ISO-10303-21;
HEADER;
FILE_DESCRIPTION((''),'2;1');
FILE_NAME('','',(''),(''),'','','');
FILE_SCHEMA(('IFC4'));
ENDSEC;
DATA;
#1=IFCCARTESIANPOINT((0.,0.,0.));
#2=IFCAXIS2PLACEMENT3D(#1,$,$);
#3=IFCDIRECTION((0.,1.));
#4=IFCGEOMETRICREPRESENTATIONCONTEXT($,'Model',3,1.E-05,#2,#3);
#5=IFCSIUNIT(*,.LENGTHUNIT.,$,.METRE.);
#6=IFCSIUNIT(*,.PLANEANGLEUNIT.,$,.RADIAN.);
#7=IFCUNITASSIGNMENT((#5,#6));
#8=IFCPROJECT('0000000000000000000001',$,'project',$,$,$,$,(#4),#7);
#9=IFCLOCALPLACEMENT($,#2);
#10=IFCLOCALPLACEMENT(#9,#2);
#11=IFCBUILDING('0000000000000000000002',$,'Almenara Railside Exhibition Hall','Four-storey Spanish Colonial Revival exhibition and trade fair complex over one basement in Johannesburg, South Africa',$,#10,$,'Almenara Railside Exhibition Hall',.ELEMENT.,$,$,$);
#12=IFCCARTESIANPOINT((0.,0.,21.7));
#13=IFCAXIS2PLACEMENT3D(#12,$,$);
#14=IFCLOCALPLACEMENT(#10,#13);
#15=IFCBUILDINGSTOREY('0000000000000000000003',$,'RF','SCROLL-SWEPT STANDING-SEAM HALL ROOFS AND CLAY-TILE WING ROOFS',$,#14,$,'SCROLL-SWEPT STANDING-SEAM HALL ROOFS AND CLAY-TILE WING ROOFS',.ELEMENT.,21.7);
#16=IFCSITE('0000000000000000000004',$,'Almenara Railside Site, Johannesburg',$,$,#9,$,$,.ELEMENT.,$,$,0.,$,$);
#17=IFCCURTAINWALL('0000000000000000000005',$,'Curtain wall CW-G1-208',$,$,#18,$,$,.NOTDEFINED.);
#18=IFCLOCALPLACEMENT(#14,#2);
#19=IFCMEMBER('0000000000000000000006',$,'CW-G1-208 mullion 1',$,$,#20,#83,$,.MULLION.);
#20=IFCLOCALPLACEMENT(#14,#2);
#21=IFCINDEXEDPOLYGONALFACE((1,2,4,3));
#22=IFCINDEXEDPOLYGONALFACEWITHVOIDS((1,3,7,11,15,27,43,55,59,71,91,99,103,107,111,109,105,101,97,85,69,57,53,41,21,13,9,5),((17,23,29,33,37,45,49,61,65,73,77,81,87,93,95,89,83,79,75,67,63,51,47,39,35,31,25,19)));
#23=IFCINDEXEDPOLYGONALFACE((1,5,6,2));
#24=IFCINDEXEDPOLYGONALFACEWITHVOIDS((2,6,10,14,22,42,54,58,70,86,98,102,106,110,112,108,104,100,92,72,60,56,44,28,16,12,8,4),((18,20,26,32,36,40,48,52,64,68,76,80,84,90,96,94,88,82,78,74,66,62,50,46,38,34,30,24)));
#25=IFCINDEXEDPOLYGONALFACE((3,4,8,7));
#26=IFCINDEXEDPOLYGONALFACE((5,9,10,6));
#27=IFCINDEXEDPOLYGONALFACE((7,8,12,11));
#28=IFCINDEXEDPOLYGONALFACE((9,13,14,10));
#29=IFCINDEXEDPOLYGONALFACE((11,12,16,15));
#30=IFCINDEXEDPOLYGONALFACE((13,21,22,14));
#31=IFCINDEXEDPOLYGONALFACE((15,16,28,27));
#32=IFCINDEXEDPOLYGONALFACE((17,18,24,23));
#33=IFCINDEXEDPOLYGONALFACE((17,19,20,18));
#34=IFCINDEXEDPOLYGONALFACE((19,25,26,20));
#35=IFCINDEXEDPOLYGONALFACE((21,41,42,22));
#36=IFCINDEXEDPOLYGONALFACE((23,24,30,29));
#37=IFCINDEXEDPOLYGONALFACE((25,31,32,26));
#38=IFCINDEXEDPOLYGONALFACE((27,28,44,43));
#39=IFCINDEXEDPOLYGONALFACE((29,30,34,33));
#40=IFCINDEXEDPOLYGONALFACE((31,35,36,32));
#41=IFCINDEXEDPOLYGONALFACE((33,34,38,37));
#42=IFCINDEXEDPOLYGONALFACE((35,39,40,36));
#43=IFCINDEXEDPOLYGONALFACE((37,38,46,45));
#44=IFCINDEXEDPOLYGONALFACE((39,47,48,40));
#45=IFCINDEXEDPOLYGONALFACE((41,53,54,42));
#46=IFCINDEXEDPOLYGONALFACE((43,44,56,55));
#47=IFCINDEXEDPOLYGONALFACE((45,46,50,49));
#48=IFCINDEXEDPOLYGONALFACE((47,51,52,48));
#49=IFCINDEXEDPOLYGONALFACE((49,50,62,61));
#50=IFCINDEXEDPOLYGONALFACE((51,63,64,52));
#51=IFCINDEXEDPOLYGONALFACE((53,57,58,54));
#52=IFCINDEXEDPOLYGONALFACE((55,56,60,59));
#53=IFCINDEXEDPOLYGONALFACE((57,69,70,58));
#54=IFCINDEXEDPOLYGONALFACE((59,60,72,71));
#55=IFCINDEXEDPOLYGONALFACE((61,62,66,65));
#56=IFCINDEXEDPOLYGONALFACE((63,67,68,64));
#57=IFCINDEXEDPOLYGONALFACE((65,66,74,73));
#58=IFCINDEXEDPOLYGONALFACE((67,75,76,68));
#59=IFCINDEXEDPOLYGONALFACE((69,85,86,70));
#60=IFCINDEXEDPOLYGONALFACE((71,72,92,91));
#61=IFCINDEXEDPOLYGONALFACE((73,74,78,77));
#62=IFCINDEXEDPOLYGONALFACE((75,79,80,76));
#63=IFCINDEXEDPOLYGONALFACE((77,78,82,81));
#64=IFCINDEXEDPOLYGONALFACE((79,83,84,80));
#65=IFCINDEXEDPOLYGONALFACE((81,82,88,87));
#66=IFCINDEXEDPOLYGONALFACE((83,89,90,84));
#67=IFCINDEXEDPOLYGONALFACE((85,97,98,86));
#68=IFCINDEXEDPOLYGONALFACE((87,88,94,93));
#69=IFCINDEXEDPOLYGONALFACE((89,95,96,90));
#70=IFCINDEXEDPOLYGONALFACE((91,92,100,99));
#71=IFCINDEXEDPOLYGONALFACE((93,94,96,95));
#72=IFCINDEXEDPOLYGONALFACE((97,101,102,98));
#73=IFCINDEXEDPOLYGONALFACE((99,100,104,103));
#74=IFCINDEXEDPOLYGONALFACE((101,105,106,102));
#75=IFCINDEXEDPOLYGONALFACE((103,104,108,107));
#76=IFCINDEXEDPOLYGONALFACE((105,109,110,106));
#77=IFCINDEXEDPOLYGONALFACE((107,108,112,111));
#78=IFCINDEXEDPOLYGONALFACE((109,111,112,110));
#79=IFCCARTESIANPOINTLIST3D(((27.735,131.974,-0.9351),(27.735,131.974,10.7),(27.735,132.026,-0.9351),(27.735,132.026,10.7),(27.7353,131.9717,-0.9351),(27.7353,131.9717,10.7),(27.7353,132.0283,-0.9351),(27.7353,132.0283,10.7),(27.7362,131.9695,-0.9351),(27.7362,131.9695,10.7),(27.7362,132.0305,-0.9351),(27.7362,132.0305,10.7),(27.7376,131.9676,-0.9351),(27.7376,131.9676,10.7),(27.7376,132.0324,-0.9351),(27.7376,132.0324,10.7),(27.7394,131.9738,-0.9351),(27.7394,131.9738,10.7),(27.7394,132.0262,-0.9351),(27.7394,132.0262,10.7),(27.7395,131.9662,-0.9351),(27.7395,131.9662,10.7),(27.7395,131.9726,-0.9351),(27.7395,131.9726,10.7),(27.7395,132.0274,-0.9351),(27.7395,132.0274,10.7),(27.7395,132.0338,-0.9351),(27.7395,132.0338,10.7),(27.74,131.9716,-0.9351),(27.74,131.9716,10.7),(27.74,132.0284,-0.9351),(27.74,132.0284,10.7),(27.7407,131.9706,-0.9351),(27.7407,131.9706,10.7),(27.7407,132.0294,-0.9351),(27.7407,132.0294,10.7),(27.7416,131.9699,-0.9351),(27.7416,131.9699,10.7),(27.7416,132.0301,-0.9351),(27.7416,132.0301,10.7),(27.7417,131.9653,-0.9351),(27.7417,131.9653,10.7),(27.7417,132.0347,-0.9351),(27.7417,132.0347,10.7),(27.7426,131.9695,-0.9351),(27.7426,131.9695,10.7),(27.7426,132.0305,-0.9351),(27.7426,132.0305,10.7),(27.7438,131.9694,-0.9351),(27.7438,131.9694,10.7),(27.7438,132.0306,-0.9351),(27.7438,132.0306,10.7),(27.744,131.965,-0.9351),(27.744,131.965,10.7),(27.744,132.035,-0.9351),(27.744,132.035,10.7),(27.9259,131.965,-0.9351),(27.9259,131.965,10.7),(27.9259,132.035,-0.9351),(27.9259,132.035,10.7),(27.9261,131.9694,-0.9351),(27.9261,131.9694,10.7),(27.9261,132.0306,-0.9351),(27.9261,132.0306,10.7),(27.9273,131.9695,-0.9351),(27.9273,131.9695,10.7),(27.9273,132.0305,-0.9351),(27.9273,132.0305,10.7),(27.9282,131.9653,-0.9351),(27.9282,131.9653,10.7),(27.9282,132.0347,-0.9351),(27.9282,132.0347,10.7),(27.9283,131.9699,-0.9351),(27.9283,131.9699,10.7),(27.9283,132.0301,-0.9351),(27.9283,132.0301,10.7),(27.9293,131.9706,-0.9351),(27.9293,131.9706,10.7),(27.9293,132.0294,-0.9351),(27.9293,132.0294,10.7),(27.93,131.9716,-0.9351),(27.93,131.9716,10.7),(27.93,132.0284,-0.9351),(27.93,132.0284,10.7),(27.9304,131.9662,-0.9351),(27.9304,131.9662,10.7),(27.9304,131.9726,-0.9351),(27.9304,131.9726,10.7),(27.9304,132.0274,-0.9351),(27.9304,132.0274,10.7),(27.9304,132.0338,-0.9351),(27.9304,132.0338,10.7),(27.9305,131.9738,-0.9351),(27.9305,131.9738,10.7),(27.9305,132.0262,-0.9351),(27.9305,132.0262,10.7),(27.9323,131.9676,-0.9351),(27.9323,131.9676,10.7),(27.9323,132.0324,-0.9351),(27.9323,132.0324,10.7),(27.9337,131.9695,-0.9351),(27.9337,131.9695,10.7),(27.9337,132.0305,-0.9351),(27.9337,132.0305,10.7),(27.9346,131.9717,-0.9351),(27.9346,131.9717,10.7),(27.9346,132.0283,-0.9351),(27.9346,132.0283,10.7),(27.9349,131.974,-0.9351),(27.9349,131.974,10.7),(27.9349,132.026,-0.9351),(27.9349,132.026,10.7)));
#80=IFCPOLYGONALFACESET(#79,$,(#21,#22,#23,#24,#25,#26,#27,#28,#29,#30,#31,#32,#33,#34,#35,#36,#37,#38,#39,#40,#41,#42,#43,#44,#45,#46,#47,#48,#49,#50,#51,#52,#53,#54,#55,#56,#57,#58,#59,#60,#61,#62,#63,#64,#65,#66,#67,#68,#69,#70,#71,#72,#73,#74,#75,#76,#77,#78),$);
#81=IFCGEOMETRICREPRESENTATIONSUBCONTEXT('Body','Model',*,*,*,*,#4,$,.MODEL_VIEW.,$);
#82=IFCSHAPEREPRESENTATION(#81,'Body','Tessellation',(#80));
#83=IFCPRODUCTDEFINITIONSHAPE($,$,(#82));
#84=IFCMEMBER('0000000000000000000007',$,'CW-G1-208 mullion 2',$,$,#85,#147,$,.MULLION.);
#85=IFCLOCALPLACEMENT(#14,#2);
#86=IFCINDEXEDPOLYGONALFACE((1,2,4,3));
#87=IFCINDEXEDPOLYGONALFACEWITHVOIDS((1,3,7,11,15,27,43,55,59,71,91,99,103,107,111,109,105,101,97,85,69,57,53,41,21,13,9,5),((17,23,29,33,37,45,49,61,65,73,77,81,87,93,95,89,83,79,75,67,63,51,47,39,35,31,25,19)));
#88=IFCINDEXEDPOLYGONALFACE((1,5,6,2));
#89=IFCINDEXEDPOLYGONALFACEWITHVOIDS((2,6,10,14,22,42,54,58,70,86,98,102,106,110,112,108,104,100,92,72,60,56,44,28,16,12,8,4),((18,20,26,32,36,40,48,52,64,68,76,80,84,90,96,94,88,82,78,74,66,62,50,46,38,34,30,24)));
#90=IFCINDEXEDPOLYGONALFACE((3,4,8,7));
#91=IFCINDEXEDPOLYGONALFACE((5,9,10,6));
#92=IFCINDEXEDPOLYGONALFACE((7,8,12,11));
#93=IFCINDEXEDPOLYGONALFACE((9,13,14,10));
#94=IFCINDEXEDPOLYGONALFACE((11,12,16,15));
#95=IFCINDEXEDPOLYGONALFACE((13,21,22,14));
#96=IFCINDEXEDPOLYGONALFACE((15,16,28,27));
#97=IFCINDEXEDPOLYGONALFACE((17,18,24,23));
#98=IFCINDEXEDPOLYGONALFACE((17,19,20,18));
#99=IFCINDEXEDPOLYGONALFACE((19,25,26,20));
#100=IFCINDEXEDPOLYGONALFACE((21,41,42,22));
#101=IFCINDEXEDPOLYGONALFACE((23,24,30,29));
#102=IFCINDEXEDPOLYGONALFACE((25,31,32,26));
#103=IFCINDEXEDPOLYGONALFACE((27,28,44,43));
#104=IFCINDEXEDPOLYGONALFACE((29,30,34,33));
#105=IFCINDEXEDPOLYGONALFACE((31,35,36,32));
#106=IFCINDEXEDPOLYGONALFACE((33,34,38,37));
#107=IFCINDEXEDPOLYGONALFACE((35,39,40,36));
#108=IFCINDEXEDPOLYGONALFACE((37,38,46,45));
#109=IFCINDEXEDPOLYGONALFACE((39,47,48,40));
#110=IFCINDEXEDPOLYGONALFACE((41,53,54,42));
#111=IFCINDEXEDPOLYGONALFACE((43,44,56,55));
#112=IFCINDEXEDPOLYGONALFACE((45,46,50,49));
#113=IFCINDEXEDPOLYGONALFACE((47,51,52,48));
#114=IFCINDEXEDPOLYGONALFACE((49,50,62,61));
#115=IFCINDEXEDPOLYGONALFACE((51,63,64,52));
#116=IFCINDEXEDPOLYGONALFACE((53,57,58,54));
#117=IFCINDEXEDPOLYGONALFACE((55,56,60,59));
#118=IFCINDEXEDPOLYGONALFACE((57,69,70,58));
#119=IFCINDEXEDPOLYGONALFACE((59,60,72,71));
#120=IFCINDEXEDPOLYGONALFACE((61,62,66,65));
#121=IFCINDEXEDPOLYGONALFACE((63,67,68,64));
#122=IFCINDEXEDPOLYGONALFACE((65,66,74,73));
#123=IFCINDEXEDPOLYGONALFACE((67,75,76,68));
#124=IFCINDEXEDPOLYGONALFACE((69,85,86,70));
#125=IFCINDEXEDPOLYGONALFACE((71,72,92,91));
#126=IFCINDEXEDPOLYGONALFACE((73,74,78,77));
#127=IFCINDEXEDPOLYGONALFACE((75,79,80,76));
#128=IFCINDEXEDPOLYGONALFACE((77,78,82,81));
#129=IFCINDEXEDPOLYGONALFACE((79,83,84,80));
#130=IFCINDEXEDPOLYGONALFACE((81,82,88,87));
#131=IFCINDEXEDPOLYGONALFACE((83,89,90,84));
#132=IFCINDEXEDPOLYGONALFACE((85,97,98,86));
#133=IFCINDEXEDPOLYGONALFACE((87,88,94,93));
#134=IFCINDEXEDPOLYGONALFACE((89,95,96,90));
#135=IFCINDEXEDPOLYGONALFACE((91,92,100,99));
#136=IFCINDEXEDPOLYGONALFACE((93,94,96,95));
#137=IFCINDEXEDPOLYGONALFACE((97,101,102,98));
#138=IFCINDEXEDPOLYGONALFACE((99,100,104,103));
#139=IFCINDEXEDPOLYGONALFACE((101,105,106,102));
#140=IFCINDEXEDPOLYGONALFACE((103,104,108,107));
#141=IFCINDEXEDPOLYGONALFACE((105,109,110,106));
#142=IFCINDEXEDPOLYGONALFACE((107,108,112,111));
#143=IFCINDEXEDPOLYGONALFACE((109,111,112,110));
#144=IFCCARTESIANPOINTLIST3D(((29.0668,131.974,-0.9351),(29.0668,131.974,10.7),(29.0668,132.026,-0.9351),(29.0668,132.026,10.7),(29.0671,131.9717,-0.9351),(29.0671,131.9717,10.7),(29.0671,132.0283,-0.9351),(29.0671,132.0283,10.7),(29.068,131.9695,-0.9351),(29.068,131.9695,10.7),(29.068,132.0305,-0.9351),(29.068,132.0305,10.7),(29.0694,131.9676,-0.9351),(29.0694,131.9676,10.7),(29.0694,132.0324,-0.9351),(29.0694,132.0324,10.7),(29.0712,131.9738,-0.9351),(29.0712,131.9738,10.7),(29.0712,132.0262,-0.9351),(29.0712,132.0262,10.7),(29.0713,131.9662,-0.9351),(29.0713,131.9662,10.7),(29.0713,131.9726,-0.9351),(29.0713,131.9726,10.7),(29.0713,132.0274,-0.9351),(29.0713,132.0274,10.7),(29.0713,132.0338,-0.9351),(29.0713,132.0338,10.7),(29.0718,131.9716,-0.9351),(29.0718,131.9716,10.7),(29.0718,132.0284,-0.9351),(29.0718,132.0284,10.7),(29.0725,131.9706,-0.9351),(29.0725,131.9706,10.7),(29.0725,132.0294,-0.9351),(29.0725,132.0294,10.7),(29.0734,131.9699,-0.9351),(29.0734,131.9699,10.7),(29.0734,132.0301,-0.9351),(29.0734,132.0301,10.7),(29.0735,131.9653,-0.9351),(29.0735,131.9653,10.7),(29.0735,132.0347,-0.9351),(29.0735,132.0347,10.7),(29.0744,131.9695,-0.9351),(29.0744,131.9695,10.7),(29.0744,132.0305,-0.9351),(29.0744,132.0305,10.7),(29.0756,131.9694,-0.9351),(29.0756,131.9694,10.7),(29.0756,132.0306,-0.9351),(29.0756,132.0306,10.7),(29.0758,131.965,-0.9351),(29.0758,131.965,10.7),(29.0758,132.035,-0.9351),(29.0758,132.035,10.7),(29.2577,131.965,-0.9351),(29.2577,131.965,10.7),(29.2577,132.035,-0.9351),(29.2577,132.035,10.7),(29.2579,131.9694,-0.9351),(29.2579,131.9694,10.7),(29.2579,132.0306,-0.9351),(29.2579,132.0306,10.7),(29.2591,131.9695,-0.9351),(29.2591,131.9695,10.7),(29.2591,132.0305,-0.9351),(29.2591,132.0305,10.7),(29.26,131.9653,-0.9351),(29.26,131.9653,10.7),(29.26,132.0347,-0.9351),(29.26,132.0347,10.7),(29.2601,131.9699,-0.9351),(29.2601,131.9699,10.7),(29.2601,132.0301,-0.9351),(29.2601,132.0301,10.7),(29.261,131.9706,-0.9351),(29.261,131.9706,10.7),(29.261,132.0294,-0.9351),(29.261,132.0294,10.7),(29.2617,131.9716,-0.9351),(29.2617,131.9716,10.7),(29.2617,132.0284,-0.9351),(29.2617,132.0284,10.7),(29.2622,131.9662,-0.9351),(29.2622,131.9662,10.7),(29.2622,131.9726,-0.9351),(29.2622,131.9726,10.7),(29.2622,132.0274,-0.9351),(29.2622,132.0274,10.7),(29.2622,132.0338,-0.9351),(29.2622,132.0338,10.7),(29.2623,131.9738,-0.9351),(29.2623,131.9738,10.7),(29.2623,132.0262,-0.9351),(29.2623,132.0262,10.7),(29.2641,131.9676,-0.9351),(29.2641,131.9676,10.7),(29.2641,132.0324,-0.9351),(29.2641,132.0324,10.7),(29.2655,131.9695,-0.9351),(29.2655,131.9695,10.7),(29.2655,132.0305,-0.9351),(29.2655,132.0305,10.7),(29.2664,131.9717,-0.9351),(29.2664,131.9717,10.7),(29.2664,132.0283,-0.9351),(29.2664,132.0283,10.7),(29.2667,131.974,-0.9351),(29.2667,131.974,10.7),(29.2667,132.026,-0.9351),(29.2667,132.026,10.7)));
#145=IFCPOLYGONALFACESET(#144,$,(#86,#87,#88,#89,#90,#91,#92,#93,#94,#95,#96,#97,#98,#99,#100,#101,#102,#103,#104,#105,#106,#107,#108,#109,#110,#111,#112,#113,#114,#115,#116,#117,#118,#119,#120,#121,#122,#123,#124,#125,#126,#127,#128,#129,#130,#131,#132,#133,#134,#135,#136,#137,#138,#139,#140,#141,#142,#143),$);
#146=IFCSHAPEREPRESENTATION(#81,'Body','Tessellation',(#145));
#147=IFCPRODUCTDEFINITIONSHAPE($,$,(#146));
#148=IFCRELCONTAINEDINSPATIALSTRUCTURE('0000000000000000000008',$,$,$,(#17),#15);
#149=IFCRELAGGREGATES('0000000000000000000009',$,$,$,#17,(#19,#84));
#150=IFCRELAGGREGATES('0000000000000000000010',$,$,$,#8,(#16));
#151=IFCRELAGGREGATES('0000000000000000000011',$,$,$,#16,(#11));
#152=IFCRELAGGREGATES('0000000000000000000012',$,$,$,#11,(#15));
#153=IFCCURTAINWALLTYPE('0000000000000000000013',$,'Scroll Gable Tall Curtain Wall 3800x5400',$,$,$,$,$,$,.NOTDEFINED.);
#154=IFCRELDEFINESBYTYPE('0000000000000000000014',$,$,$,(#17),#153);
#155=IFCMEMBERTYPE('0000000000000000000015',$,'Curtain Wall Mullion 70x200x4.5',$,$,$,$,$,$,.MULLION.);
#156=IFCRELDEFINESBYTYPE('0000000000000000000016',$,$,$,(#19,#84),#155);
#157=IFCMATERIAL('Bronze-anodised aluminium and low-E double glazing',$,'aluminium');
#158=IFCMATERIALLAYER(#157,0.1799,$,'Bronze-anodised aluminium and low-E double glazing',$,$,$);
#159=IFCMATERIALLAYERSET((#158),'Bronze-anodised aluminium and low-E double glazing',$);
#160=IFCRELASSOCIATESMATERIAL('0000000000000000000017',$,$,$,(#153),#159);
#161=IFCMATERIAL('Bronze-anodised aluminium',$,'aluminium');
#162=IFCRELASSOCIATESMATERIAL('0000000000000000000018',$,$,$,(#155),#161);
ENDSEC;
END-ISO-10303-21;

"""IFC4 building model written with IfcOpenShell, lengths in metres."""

from ifc_helpers import new_model, si_unit, direction, frame, origin, origin_2d, place, context, subcontext, project, spatial, hollow_rectangle, extrude, material, layer, layer_set, material_profile, profile_set, type_object, element, aggregate, save


model = new_model("IFC4")

# Units and contexts
model_context = context("Model", 3, precision=1e-05, world=origin(), true_north=direction((0.0, 1.0)))
body_context = subcontext(model_context, "Body", "Model", "MODEL_VIEW")
ifc_project = project(units=[si_unit("LENGTHUNIT", "METRE"), si_unit("PLANEANGLEUNIT", "RADIAN")], contexts=[model_context])

# Site, building, storey
site_placement = place(None, origin())
site = spatial("IfcSite", under=ifc_project, at=site_placement, Name="Almenara Railside Site, Johannesburg", CompositionType="ELEMENT", RefElevation=0.0)
building_placement = place(site_placement, origin())
building = spatial("IfcBuilding", under=site, at=building_placement, Name="Almenara Railside Exhibition Hall", Description="Four-storey Spanish Colonial Revival exhibition and trade fair complex over one basement in Johannesburg, South Africa", LongName="Almenara Railside Exhibition Hall", CompositionType="ELEMENT")
storey_placement = place(building_placement, frame((0.0, 0.0, 21.7)))
storey = spatial("IfcBuildingStorey", under=building, at=storey_placement, Name="RF", Description="SCROLL-SWEPT STANDING-SEAM HALL ROOFS AND CLAY-TILE WING ROOFS", LongName="SCROLL-SWEPT STANDING-SEAM HALL ROOFS AND CLAY-TILE WING ROOFS", CompositionType="ELEMENT", Elevation=21.7)

# Curtain wall, members
ifc_material_1 = material(Name="Bronze-anodised aluminium and low-E double glazing", Category="aluminium")
ifc_layer_1 = layer(ifc_material_1, 0.1799, Name="Bronze-anodised aluminium and low-E double glazing")
ifc_layer_set_1 = layer_set([ifc_layer_1], Name="Bronze-anodised aluminium and low-E double glazing")
curtain_wall_type = type_object("IfcCurtainWallType", Name="Scroll Gable Tall Curtain Wall 3800x5400", PredefinedType="NOTDEFINED", material=ifc_layer_set_1)
ifc_material_2 = material(Name="Bronze-anodised aluminium", Category="aluminium")
curtain_wall_1_placement = place(storey_placement, origin())
curtain_wall_1 = element("IfcCurtainWall", 1, at=curtain_wall_1_placement, inside=storey, type_object=curtain_wall_type, Name="Curtain wall CW-G1-208", PredefinedType="NOTDEFINED")
ifc_material_profile_1 = material_profile(ifc_material_2, hollow_rectangle(XDim=0.0701, YDim=0.2, WallThickness=0.0044, InnerFilletRadius=0.0044, OuterFilletRadius=0.009, at=origin_2d()), Name="ALU-MUL 70x200x4.5")
ifc_profile_set_1 = profile_set([ifc_material_profile_1], Name="Bronze-anodised aluminium")
member_type_1 = type_object("IfcMemberType", Name="Curtain Wall Mullion 70x200x4.5", PredefinedType="MULLION", material=ifc_profile_set_1)
member_1_placement = place(storey_placement, frame((27.835, 132.0, -0.9351), z_axis=(0.0, 0.0, 1.0), x_axis=(0.0, 1.0, 0.0)))
member_1 = element("IfcMember", 2, at=member_1_placement, type_object=member_type_1, Name="CW-G1-208 mullion 1", PredefinedType="MULLION", context=body_context, shape_type="SweptSolid", body=[
    extrude(hollow_rectangle(XDim=0.0701, YDim=0.2, WallThickness=0.0044, InnerFilletRadius=0.0044, OuterFilletRadius=0.009, at=origin_2d()), origin(), (0.0, 0.0, 1.0), 11.635),
])
member_2_placement = place(storey_placement, frame((29.1667, 132.0, -0.9351), z_axis=(0.0, 0.0, 1.0), x_axis=(0.0, 1.0, 0.0)))
member_2 = element("IfcMember", 3, at=member_2_placement, type_object=member_type_1, Name="CW-G1-208 mullion 2", PredefinedType="MULLION", context=body_context, shape_type="SweptSolid", body=[
    extrude(hollow_rectangle(XDim=0.0701, YDim=0.2, WallThickness=0.0044, InnerFilletRadius=0.0044, OuterFilletRadius=0.009, at=origin_2d()), origin(), (0.0, 0.0, 1.0), 11.635),
])

aggregate(curtain_wall_1, [member_1, member_2])

save(model, "model.ifc")
